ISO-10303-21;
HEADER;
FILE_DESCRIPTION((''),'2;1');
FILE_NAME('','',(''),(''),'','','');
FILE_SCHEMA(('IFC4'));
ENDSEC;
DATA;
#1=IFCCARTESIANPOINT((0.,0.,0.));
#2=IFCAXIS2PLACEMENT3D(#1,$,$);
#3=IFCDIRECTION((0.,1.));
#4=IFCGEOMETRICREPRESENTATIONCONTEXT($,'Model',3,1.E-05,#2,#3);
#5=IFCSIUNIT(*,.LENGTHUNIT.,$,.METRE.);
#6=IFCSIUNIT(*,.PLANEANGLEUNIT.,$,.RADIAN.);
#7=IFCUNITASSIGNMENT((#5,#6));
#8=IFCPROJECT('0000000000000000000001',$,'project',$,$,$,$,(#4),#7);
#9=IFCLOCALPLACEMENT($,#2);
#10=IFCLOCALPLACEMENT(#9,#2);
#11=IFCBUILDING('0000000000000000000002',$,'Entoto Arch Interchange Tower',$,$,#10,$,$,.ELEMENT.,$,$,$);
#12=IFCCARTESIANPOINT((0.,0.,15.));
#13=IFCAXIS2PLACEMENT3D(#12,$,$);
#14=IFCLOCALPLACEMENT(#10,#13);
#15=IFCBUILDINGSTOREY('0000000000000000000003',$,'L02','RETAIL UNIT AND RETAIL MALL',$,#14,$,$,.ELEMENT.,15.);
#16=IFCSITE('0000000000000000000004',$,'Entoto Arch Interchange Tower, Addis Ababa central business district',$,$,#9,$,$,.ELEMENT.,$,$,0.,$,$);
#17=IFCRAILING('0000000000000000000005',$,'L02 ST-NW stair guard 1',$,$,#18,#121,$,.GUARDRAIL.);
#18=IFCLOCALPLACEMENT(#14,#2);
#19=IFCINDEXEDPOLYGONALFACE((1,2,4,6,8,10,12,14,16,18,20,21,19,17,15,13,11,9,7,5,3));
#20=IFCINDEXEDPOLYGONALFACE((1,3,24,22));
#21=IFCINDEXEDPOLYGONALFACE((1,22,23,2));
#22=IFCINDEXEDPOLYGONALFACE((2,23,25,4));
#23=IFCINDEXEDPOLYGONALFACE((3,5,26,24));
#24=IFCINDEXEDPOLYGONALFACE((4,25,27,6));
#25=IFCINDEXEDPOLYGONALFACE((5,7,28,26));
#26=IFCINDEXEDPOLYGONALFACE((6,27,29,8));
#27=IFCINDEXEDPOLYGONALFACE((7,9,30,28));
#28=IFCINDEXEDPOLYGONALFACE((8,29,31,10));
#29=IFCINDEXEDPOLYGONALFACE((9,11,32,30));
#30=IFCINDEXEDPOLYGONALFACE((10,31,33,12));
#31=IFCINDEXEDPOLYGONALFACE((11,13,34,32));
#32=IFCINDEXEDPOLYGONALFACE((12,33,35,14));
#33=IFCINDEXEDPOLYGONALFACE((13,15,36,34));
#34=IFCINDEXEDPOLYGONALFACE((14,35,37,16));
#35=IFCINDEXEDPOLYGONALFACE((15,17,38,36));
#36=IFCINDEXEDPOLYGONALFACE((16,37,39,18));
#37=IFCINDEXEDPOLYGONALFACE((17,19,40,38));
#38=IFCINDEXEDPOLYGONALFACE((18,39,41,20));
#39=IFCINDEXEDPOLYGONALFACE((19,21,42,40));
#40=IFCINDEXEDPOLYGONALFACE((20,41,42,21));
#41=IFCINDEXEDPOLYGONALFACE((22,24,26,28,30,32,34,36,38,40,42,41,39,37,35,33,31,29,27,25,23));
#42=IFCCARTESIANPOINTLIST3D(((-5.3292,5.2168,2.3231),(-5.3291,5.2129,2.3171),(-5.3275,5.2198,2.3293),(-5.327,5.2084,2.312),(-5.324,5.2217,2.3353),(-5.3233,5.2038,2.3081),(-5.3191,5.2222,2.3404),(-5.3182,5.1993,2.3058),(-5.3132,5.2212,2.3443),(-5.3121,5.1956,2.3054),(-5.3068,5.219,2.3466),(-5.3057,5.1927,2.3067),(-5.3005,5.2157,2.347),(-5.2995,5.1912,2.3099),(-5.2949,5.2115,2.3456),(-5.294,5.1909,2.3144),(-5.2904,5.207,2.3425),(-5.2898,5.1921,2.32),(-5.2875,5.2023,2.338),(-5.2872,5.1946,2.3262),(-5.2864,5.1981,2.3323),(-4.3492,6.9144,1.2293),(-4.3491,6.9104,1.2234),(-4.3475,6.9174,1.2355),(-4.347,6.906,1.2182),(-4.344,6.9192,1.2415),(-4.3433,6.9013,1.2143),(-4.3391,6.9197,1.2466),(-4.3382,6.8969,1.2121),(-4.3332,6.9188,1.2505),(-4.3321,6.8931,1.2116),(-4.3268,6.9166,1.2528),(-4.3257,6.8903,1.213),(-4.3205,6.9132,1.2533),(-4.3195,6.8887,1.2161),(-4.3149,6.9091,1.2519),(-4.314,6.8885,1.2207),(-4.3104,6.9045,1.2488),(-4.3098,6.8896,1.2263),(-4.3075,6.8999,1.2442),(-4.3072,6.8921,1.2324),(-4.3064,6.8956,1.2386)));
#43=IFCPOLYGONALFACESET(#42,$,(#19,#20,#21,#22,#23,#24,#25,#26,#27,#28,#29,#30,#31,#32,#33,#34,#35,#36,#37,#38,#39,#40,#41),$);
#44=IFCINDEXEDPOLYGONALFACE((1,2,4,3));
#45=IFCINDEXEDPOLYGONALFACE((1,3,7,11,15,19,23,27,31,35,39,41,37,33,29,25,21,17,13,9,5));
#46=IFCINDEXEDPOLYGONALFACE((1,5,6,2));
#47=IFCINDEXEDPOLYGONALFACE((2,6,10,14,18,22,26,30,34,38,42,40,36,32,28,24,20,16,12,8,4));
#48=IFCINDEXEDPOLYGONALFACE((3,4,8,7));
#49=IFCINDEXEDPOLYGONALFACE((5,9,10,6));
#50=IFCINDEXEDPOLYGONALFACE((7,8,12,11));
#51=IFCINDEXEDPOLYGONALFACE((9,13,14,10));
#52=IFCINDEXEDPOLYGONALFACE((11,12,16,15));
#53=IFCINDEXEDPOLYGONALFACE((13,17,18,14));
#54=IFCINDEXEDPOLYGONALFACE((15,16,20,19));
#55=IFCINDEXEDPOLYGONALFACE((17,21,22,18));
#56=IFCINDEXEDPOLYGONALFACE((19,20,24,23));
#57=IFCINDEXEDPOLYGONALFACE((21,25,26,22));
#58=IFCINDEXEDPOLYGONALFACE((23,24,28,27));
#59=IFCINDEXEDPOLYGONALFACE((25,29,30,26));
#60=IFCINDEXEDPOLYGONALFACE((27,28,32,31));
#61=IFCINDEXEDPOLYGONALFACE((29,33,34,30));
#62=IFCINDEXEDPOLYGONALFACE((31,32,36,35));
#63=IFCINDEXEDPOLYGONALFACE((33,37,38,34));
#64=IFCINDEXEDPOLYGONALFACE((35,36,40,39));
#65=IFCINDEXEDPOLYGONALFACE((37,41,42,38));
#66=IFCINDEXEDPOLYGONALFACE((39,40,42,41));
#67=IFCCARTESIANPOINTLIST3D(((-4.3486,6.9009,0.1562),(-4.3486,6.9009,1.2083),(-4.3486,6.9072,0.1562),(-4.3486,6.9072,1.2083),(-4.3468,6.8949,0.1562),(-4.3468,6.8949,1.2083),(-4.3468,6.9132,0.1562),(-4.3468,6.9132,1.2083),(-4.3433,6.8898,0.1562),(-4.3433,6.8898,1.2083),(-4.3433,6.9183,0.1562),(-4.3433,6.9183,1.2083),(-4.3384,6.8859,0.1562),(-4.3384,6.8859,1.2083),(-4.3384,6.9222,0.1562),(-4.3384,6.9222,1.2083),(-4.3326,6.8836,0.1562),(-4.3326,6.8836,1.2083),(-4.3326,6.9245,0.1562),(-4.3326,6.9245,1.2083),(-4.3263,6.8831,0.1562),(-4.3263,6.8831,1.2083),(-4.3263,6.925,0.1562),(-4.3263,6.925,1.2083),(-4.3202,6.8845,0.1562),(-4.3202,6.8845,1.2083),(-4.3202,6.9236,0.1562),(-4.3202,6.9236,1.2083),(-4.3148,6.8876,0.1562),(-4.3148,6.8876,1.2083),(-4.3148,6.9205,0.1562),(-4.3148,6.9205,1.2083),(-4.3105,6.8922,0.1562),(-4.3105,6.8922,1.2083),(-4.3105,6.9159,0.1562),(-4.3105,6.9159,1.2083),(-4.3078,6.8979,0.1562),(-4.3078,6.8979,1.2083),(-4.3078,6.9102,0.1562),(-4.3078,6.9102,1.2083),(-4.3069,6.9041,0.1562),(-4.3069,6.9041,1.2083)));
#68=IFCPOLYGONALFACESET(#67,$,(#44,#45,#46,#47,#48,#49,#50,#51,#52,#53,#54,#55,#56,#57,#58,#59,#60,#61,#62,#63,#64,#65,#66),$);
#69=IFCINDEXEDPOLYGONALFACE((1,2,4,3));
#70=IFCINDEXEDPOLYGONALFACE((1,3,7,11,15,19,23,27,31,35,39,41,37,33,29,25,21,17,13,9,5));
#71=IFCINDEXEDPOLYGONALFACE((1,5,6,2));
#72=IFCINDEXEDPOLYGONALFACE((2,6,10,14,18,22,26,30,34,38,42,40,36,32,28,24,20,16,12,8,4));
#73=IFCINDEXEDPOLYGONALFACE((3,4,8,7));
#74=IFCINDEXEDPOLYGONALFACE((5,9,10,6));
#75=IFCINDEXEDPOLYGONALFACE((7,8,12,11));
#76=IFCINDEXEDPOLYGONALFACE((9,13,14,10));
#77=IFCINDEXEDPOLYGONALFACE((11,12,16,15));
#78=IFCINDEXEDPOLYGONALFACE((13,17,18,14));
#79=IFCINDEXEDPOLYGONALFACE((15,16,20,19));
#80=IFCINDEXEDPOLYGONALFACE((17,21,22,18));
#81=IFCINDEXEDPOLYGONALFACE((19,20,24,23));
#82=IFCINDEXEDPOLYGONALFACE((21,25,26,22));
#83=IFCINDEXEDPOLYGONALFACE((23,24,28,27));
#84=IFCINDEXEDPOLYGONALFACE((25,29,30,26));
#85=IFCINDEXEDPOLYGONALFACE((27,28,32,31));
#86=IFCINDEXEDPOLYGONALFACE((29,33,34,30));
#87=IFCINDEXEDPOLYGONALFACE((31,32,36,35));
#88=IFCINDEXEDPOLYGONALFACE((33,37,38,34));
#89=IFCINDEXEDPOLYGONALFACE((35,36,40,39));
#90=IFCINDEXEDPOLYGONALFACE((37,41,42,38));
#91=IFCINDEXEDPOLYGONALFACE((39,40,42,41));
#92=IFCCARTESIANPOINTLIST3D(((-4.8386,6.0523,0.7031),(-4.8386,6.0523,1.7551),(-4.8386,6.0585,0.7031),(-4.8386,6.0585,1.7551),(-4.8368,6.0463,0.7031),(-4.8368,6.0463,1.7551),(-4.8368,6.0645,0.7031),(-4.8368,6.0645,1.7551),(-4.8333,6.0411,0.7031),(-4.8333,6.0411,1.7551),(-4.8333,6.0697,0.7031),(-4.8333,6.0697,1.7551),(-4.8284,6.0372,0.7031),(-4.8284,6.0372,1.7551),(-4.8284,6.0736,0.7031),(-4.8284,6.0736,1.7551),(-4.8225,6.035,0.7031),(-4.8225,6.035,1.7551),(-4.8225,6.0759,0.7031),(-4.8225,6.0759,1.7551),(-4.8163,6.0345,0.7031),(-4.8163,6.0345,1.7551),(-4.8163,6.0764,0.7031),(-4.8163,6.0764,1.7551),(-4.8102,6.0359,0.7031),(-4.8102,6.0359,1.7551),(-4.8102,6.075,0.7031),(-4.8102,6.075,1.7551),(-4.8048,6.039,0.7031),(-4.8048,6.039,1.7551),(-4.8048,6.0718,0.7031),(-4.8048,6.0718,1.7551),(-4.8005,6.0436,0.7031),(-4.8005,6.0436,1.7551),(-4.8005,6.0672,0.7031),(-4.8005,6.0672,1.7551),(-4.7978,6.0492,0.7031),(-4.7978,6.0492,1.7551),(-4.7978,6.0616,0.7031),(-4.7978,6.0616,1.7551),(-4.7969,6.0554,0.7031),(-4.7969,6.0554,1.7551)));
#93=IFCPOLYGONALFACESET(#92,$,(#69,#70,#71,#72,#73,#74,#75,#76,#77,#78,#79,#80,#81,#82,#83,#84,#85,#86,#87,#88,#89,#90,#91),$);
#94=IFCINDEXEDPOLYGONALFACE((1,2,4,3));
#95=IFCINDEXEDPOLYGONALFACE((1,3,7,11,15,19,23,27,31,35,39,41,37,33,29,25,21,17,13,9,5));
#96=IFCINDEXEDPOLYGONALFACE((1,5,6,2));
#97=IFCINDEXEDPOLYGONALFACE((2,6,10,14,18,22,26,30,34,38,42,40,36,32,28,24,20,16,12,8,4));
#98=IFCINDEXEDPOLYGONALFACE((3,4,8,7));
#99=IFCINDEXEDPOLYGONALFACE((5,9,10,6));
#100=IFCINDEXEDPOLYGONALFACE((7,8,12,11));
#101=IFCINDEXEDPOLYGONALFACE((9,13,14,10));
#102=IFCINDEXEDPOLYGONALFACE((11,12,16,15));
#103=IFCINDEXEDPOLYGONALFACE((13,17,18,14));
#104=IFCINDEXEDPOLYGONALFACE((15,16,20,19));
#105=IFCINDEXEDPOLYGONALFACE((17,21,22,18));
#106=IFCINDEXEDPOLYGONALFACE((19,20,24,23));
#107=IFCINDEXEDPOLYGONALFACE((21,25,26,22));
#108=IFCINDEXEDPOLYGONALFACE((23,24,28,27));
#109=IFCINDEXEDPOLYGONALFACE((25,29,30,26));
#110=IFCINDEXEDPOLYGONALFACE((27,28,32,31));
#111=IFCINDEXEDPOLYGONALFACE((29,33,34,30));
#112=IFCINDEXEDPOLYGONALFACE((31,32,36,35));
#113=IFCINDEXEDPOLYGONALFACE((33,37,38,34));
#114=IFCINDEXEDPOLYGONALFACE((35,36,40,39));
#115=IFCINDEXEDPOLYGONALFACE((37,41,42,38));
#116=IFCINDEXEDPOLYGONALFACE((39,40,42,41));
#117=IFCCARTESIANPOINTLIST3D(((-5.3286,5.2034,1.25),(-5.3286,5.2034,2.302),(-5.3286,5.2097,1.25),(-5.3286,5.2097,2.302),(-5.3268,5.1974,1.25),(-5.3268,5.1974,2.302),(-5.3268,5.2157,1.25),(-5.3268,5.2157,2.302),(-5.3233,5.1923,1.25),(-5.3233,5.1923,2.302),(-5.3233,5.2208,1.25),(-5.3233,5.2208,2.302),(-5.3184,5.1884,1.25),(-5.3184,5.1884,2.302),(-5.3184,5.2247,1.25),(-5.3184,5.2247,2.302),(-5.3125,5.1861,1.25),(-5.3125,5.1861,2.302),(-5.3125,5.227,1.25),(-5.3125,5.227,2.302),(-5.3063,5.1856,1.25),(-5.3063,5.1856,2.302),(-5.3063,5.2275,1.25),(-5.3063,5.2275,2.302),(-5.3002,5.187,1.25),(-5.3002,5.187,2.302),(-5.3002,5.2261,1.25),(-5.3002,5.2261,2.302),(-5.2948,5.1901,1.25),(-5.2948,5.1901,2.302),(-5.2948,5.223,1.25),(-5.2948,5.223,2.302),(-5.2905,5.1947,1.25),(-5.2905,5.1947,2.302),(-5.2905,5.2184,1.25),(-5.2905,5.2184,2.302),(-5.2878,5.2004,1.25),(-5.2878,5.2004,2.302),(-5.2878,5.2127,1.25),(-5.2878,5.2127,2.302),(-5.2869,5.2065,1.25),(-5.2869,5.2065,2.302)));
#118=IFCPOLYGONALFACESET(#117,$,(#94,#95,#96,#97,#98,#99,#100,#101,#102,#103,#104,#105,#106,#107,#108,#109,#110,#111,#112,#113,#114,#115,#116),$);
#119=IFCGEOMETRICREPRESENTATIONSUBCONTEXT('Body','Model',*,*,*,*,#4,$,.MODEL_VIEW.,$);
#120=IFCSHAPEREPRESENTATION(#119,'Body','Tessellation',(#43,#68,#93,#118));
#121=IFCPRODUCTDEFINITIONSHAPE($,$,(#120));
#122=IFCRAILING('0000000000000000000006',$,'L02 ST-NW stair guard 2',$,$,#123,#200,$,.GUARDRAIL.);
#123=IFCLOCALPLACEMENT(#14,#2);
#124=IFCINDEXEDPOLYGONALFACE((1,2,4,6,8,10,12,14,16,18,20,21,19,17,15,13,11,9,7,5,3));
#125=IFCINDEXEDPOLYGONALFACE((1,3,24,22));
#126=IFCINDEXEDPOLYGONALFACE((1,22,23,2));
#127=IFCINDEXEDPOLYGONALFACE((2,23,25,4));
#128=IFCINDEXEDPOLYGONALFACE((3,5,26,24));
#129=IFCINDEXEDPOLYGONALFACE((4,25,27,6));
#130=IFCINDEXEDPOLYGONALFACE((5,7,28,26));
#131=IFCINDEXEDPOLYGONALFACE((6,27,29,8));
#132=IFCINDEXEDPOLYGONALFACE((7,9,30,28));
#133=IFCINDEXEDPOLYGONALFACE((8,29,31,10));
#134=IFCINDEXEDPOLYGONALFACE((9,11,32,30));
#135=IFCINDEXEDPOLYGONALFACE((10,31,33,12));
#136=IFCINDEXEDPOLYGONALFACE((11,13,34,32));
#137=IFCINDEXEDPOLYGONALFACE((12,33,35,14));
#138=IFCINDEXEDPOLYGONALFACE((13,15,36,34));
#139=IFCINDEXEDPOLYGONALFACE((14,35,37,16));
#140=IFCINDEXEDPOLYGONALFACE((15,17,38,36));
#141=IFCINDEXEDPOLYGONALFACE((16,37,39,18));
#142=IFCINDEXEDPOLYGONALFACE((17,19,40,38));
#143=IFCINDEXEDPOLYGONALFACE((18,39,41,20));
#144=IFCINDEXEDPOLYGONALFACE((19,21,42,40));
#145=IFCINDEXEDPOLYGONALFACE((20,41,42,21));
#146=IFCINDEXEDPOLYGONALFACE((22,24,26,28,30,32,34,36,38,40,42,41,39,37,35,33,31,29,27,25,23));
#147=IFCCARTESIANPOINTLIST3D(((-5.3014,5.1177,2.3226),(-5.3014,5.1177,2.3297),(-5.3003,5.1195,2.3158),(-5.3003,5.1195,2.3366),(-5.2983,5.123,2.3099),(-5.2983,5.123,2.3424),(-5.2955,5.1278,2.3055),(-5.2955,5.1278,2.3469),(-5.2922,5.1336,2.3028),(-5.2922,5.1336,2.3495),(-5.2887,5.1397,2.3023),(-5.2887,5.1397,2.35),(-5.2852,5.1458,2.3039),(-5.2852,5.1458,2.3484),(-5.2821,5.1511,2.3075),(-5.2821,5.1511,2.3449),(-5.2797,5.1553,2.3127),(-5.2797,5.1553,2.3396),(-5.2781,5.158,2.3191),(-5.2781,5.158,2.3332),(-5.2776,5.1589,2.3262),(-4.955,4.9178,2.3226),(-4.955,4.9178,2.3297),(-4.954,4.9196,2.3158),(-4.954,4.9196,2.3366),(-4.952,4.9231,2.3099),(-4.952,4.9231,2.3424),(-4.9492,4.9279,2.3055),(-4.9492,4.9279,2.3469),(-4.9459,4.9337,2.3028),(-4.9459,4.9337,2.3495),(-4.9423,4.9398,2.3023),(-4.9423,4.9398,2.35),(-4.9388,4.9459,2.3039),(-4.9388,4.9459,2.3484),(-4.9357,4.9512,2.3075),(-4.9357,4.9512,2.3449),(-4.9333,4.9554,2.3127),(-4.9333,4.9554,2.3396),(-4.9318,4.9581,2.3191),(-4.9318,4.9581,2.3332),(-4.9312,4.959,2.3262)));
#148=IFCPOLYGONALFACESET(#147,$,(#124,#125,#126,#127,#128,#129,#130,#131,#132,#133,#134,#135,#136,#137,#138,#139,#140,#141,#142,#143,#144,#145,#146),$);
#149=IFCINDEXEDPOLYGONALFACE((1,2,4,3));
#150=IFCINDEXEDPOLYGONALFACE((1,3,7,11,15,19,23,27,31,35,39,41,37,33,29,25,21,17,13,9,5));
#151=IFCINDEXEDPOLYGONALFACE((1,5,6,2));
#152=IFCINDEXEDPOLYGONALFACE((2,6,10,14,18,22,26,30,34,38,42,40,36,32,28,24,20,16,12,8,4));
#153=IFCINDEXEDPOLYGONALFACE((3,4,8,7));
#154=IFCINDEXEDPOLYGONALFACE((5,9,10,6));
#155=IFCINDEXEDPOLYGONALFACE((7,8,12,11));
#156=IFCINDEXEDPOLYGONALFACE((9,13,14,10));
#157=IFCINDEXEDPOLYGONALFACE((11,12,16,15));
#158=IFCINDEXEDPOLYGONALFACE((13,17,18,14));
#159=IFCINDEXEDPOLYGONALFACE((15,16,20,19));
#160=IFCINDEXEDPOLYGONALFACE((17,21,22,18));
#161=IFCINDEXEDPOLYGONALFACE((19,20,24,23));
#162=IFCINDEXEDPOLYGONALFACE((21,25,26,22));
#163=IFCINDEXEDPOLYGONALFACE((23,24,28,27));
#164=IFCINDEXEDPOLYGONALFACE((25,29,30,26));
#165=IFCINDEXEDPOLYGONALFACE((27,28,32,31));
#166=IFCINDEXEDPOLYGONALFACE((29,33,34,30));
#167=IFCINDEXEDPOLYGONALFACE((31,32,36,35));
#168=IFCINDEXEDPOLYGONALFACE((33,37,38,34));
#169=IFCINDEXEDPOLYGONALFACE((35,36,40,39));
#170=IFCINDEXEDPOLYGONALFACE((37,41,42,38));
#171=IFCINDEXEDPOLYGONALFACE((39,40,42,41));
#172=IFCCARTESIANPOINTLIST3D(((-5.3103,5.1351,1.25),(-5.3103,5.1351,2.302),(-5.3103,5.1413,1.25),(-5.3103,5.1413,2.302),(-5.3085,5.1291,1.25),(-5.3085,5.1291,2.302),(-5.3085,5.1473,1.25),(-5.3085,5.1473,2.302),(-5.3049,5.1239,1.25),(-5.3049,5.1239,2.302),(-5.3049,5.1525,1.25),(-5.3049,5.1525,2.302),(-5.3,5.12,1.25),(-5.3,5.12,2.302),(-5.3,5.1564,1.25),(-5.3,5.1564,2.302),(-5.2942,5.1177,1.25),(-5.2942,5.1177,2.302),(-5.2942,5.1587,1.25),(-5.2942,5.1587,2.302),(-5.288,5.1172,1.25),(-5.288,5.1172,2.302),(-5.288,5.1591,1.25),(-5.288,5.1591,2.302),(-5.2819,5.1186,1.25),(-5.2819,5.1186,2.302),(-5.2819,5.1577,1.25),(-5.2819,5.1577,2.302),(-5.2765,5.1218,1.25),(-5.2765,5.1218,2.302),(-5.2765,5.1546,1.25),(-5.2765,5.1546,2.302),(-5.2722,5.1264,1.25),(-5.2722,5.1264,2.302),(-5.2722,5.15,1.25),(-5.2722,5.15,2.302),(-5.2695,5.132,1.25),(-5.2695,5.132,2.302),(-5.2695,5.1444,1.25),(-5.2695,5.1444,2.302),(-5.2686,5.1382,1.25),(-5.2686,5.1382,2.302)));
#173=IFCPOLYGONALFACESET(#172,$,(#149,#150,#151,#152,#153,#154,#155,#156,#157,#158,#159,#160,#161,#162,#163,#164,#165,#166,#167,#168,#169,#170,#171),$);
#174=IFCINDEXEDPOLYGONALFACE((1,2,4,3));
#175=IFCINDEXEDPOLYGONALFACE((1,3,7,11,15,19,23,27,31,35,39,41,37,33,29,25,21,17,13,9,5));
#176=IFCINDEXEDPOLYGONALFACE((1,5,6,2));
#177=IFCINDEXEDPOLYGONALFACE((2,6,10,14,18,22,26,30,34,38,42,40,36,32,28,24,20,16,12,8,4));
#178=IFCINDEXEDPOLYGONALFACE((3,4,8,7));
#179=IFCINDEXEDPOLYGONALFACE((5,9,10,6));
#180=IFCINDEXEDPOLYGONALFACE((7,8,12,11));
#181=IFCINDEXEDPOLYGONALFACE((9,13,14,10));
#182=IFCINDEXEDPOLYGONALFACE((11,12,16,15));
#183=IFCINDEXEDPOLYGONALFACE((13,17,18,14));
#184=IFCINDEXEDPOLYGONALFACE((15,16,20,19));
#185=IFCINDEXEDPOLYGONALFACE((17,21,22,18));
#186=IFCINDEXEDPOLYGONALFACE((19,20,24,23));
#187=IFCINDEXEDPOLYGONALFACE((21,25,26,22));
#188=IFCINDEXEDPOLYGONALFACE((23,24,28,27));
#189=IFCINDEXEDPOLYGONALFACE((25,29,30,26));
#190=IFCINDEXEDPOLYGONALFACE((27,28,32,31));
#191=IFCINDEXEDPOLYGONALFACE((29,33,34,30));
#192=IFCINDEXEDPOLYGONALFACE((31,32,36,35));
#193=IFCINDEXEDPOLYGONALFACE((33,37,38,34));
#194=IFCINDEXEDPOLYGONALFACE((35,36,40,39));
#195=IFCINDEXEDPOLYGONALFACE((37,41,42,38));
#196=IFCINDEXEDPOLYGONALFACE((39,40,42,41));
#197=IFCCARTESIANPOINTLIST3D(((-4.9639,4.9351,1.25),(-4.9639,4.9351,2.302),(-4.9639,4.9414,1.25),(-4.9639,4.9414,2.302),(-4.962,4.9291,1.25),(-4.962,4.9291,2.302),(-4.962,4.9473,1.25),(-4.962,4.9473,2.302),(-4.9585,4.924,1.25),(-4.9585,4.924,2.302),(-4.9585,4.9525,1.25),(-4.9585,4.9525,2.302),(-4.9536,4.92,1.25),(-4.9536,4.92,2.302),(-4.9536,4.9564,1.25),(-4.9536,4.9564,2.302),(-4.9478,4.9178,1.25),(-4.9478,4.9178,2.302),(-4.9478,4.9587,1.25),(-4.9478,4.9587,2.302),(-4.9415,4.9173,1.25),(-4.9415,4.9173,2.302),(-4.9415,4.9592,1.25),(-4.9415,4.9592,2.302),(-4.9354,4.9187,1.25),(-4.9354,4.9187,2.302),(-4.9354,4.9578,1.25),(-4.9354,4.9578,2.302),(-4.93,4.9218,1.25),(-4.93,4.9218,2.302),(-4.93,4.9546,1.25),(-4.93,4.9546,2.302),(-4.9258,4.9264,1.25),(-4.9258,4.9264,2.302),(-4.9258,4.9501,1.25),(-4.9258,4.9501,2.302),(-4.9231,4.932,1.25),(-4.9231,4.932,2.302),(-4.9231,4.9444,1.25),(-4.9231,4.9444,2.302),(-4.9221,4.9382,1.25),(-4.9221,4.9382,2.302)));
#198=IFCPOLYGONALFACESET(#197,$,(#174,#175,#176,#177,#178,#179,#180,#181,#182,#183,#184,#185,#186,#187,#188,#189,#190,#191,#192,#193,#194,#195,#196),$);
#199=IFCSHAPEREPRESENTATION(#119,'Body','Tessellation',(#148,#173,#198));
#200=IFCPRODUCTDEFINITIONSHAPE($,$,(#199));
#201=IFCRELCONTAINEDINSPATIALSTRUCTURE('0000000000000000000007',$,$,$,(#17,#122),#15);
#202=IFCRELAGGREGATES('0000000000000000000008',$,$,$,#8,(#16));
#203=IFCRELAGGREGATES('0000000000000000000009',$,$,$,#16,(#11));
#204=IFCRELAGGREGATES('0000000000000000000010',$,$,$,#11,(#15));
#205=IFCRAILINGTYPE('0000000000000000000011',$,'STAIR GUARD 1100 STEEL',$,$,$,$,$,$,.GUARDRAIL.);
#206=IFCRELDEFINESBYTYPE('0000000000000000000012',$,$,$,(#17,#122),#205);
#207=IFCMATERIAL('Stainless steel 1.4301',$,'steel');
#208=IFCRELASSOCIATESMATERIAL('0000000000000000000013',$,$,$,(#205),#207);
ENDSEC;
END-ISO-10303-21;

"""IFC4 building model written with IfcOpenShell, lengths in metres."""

from ifc_helpers import new_model, si_unit, direction, frame, origin, origin_2d, place, context, subcontext, project, spatial, circle, extrude, material, type_object, element, save


model = new_model("IFC4")

# Units and contexts
model_context = context("Model", 3, precision=1e-05, world=origin(), true_north=direction((0.0, 1.0)))
body_context = subcontext(model_context, "Body", "Model", "MODEL_VIEW")
ifc_project = project(units=[si_unit("LENGTHUNIT", "METRE"), si_unit("PLANEANGLEUNIT", "RADIAN")], contexts=[model_context])

# Site, building, storey
site_placement = place(None, origin())
site = spatial("IfcSite", under=ifc_project, at=site_placement, Name="Entoto Arch Interchange Tower, Addis Ababa central business district", CompositionType="ELEMENT", RefElevation=0.0)
building_placement = place(site_placement, origin())
building = spatial("IfcBuilding", under=site, at=building_placement, Name="Entoto Arch Interchange Tower", CompositionType="ELEMENT")
storey_placement = place(building_placement, frame((0.0, 0.0, 15.0)))
storey = spatial("IfcBuildingStorey", under=building, at=storey_placement, Name="L02", Description="RETAIL UNIT AND RETAIL MALL", CompositionType="ELEMENT", Elevation=15.0)

# Railings
ifc_material_1 = material(Name="Stainless steel 1.4301", Category="steel")
railing_type = type_object("IfcRailingType", Name="STAIR GUARD 1100 STEEL", PredefinedType="GUARDRAIL", material=ifc_material_1)
railing_1_placement = place(storey_placement, frame((-4.3279, 6.9041, 0.1562)))
element("IfcRailing", 1, at=railing_1_placement, inside=storey, type_object=railing_type, Name="L02 ST-NW stair guard 1", PredefinedType="GUARDRAIL", context=body_context, shape_type="SweptSolid", body=[
    extrude(circle(Radius=0.0239, at=origin_2d()), frame((0.0, 0.0, 1.0762), z_axis=(-0.436596, -0.756267, 0.487282), x_axis=(0.866042, -0.49997, 0.0)), (0.0, 0.0, 1.0), 2.2446),
    extrude(circle(Radius=0.021, at=origin_2d()), origin(), (0.0, 0.0, 1.0), 1.052),
    extrude(circle(Radius=0.021, at=origin_2d()), frame((-0.49, -0.8486, 0.5469)), (0.0, 0.0, 1.0), 1.052),
    extrude(circle(Radius=0.021, at=origin_2d()), frame((-0.98, -1.6975, 1.0938)), (0.0, 0.0, 1.0), 1.052),
])
railing_2_placement = place(storey_placement, frame((-5.2896, 5.1382, 1.25)))
element("IfcRailing", 2, at=railing_2_placement, inside=storey, type_object=railing_type, Name="L02 ST-NW stair guard 2", PredefinedType="GUARDRAIL", context=body_context, shape_type="SweptSolid", body=[
    extrude(circle(Radius=0.0239, at=origin_2d()), frame((0.0, 0.0, 1.0762), z_axis=(0.866094, -0.499881, 0.0), x_axis=(0.499881, 0.866094, 0.0)), (0.0, 0.0, 1.0), 0.3999),
    extrude(circle(Radius=0.021, at=origin_2d()), origin(), (0.0, 0.0, 1.0), 1.052),
    extrude(circle(Radius=0.021, at=origin_2d()), frame((0.3464, -0.2, 0.0)), (0.0, 0.0, 1.0), 1.052),
])

save(model, "model.ifc")
